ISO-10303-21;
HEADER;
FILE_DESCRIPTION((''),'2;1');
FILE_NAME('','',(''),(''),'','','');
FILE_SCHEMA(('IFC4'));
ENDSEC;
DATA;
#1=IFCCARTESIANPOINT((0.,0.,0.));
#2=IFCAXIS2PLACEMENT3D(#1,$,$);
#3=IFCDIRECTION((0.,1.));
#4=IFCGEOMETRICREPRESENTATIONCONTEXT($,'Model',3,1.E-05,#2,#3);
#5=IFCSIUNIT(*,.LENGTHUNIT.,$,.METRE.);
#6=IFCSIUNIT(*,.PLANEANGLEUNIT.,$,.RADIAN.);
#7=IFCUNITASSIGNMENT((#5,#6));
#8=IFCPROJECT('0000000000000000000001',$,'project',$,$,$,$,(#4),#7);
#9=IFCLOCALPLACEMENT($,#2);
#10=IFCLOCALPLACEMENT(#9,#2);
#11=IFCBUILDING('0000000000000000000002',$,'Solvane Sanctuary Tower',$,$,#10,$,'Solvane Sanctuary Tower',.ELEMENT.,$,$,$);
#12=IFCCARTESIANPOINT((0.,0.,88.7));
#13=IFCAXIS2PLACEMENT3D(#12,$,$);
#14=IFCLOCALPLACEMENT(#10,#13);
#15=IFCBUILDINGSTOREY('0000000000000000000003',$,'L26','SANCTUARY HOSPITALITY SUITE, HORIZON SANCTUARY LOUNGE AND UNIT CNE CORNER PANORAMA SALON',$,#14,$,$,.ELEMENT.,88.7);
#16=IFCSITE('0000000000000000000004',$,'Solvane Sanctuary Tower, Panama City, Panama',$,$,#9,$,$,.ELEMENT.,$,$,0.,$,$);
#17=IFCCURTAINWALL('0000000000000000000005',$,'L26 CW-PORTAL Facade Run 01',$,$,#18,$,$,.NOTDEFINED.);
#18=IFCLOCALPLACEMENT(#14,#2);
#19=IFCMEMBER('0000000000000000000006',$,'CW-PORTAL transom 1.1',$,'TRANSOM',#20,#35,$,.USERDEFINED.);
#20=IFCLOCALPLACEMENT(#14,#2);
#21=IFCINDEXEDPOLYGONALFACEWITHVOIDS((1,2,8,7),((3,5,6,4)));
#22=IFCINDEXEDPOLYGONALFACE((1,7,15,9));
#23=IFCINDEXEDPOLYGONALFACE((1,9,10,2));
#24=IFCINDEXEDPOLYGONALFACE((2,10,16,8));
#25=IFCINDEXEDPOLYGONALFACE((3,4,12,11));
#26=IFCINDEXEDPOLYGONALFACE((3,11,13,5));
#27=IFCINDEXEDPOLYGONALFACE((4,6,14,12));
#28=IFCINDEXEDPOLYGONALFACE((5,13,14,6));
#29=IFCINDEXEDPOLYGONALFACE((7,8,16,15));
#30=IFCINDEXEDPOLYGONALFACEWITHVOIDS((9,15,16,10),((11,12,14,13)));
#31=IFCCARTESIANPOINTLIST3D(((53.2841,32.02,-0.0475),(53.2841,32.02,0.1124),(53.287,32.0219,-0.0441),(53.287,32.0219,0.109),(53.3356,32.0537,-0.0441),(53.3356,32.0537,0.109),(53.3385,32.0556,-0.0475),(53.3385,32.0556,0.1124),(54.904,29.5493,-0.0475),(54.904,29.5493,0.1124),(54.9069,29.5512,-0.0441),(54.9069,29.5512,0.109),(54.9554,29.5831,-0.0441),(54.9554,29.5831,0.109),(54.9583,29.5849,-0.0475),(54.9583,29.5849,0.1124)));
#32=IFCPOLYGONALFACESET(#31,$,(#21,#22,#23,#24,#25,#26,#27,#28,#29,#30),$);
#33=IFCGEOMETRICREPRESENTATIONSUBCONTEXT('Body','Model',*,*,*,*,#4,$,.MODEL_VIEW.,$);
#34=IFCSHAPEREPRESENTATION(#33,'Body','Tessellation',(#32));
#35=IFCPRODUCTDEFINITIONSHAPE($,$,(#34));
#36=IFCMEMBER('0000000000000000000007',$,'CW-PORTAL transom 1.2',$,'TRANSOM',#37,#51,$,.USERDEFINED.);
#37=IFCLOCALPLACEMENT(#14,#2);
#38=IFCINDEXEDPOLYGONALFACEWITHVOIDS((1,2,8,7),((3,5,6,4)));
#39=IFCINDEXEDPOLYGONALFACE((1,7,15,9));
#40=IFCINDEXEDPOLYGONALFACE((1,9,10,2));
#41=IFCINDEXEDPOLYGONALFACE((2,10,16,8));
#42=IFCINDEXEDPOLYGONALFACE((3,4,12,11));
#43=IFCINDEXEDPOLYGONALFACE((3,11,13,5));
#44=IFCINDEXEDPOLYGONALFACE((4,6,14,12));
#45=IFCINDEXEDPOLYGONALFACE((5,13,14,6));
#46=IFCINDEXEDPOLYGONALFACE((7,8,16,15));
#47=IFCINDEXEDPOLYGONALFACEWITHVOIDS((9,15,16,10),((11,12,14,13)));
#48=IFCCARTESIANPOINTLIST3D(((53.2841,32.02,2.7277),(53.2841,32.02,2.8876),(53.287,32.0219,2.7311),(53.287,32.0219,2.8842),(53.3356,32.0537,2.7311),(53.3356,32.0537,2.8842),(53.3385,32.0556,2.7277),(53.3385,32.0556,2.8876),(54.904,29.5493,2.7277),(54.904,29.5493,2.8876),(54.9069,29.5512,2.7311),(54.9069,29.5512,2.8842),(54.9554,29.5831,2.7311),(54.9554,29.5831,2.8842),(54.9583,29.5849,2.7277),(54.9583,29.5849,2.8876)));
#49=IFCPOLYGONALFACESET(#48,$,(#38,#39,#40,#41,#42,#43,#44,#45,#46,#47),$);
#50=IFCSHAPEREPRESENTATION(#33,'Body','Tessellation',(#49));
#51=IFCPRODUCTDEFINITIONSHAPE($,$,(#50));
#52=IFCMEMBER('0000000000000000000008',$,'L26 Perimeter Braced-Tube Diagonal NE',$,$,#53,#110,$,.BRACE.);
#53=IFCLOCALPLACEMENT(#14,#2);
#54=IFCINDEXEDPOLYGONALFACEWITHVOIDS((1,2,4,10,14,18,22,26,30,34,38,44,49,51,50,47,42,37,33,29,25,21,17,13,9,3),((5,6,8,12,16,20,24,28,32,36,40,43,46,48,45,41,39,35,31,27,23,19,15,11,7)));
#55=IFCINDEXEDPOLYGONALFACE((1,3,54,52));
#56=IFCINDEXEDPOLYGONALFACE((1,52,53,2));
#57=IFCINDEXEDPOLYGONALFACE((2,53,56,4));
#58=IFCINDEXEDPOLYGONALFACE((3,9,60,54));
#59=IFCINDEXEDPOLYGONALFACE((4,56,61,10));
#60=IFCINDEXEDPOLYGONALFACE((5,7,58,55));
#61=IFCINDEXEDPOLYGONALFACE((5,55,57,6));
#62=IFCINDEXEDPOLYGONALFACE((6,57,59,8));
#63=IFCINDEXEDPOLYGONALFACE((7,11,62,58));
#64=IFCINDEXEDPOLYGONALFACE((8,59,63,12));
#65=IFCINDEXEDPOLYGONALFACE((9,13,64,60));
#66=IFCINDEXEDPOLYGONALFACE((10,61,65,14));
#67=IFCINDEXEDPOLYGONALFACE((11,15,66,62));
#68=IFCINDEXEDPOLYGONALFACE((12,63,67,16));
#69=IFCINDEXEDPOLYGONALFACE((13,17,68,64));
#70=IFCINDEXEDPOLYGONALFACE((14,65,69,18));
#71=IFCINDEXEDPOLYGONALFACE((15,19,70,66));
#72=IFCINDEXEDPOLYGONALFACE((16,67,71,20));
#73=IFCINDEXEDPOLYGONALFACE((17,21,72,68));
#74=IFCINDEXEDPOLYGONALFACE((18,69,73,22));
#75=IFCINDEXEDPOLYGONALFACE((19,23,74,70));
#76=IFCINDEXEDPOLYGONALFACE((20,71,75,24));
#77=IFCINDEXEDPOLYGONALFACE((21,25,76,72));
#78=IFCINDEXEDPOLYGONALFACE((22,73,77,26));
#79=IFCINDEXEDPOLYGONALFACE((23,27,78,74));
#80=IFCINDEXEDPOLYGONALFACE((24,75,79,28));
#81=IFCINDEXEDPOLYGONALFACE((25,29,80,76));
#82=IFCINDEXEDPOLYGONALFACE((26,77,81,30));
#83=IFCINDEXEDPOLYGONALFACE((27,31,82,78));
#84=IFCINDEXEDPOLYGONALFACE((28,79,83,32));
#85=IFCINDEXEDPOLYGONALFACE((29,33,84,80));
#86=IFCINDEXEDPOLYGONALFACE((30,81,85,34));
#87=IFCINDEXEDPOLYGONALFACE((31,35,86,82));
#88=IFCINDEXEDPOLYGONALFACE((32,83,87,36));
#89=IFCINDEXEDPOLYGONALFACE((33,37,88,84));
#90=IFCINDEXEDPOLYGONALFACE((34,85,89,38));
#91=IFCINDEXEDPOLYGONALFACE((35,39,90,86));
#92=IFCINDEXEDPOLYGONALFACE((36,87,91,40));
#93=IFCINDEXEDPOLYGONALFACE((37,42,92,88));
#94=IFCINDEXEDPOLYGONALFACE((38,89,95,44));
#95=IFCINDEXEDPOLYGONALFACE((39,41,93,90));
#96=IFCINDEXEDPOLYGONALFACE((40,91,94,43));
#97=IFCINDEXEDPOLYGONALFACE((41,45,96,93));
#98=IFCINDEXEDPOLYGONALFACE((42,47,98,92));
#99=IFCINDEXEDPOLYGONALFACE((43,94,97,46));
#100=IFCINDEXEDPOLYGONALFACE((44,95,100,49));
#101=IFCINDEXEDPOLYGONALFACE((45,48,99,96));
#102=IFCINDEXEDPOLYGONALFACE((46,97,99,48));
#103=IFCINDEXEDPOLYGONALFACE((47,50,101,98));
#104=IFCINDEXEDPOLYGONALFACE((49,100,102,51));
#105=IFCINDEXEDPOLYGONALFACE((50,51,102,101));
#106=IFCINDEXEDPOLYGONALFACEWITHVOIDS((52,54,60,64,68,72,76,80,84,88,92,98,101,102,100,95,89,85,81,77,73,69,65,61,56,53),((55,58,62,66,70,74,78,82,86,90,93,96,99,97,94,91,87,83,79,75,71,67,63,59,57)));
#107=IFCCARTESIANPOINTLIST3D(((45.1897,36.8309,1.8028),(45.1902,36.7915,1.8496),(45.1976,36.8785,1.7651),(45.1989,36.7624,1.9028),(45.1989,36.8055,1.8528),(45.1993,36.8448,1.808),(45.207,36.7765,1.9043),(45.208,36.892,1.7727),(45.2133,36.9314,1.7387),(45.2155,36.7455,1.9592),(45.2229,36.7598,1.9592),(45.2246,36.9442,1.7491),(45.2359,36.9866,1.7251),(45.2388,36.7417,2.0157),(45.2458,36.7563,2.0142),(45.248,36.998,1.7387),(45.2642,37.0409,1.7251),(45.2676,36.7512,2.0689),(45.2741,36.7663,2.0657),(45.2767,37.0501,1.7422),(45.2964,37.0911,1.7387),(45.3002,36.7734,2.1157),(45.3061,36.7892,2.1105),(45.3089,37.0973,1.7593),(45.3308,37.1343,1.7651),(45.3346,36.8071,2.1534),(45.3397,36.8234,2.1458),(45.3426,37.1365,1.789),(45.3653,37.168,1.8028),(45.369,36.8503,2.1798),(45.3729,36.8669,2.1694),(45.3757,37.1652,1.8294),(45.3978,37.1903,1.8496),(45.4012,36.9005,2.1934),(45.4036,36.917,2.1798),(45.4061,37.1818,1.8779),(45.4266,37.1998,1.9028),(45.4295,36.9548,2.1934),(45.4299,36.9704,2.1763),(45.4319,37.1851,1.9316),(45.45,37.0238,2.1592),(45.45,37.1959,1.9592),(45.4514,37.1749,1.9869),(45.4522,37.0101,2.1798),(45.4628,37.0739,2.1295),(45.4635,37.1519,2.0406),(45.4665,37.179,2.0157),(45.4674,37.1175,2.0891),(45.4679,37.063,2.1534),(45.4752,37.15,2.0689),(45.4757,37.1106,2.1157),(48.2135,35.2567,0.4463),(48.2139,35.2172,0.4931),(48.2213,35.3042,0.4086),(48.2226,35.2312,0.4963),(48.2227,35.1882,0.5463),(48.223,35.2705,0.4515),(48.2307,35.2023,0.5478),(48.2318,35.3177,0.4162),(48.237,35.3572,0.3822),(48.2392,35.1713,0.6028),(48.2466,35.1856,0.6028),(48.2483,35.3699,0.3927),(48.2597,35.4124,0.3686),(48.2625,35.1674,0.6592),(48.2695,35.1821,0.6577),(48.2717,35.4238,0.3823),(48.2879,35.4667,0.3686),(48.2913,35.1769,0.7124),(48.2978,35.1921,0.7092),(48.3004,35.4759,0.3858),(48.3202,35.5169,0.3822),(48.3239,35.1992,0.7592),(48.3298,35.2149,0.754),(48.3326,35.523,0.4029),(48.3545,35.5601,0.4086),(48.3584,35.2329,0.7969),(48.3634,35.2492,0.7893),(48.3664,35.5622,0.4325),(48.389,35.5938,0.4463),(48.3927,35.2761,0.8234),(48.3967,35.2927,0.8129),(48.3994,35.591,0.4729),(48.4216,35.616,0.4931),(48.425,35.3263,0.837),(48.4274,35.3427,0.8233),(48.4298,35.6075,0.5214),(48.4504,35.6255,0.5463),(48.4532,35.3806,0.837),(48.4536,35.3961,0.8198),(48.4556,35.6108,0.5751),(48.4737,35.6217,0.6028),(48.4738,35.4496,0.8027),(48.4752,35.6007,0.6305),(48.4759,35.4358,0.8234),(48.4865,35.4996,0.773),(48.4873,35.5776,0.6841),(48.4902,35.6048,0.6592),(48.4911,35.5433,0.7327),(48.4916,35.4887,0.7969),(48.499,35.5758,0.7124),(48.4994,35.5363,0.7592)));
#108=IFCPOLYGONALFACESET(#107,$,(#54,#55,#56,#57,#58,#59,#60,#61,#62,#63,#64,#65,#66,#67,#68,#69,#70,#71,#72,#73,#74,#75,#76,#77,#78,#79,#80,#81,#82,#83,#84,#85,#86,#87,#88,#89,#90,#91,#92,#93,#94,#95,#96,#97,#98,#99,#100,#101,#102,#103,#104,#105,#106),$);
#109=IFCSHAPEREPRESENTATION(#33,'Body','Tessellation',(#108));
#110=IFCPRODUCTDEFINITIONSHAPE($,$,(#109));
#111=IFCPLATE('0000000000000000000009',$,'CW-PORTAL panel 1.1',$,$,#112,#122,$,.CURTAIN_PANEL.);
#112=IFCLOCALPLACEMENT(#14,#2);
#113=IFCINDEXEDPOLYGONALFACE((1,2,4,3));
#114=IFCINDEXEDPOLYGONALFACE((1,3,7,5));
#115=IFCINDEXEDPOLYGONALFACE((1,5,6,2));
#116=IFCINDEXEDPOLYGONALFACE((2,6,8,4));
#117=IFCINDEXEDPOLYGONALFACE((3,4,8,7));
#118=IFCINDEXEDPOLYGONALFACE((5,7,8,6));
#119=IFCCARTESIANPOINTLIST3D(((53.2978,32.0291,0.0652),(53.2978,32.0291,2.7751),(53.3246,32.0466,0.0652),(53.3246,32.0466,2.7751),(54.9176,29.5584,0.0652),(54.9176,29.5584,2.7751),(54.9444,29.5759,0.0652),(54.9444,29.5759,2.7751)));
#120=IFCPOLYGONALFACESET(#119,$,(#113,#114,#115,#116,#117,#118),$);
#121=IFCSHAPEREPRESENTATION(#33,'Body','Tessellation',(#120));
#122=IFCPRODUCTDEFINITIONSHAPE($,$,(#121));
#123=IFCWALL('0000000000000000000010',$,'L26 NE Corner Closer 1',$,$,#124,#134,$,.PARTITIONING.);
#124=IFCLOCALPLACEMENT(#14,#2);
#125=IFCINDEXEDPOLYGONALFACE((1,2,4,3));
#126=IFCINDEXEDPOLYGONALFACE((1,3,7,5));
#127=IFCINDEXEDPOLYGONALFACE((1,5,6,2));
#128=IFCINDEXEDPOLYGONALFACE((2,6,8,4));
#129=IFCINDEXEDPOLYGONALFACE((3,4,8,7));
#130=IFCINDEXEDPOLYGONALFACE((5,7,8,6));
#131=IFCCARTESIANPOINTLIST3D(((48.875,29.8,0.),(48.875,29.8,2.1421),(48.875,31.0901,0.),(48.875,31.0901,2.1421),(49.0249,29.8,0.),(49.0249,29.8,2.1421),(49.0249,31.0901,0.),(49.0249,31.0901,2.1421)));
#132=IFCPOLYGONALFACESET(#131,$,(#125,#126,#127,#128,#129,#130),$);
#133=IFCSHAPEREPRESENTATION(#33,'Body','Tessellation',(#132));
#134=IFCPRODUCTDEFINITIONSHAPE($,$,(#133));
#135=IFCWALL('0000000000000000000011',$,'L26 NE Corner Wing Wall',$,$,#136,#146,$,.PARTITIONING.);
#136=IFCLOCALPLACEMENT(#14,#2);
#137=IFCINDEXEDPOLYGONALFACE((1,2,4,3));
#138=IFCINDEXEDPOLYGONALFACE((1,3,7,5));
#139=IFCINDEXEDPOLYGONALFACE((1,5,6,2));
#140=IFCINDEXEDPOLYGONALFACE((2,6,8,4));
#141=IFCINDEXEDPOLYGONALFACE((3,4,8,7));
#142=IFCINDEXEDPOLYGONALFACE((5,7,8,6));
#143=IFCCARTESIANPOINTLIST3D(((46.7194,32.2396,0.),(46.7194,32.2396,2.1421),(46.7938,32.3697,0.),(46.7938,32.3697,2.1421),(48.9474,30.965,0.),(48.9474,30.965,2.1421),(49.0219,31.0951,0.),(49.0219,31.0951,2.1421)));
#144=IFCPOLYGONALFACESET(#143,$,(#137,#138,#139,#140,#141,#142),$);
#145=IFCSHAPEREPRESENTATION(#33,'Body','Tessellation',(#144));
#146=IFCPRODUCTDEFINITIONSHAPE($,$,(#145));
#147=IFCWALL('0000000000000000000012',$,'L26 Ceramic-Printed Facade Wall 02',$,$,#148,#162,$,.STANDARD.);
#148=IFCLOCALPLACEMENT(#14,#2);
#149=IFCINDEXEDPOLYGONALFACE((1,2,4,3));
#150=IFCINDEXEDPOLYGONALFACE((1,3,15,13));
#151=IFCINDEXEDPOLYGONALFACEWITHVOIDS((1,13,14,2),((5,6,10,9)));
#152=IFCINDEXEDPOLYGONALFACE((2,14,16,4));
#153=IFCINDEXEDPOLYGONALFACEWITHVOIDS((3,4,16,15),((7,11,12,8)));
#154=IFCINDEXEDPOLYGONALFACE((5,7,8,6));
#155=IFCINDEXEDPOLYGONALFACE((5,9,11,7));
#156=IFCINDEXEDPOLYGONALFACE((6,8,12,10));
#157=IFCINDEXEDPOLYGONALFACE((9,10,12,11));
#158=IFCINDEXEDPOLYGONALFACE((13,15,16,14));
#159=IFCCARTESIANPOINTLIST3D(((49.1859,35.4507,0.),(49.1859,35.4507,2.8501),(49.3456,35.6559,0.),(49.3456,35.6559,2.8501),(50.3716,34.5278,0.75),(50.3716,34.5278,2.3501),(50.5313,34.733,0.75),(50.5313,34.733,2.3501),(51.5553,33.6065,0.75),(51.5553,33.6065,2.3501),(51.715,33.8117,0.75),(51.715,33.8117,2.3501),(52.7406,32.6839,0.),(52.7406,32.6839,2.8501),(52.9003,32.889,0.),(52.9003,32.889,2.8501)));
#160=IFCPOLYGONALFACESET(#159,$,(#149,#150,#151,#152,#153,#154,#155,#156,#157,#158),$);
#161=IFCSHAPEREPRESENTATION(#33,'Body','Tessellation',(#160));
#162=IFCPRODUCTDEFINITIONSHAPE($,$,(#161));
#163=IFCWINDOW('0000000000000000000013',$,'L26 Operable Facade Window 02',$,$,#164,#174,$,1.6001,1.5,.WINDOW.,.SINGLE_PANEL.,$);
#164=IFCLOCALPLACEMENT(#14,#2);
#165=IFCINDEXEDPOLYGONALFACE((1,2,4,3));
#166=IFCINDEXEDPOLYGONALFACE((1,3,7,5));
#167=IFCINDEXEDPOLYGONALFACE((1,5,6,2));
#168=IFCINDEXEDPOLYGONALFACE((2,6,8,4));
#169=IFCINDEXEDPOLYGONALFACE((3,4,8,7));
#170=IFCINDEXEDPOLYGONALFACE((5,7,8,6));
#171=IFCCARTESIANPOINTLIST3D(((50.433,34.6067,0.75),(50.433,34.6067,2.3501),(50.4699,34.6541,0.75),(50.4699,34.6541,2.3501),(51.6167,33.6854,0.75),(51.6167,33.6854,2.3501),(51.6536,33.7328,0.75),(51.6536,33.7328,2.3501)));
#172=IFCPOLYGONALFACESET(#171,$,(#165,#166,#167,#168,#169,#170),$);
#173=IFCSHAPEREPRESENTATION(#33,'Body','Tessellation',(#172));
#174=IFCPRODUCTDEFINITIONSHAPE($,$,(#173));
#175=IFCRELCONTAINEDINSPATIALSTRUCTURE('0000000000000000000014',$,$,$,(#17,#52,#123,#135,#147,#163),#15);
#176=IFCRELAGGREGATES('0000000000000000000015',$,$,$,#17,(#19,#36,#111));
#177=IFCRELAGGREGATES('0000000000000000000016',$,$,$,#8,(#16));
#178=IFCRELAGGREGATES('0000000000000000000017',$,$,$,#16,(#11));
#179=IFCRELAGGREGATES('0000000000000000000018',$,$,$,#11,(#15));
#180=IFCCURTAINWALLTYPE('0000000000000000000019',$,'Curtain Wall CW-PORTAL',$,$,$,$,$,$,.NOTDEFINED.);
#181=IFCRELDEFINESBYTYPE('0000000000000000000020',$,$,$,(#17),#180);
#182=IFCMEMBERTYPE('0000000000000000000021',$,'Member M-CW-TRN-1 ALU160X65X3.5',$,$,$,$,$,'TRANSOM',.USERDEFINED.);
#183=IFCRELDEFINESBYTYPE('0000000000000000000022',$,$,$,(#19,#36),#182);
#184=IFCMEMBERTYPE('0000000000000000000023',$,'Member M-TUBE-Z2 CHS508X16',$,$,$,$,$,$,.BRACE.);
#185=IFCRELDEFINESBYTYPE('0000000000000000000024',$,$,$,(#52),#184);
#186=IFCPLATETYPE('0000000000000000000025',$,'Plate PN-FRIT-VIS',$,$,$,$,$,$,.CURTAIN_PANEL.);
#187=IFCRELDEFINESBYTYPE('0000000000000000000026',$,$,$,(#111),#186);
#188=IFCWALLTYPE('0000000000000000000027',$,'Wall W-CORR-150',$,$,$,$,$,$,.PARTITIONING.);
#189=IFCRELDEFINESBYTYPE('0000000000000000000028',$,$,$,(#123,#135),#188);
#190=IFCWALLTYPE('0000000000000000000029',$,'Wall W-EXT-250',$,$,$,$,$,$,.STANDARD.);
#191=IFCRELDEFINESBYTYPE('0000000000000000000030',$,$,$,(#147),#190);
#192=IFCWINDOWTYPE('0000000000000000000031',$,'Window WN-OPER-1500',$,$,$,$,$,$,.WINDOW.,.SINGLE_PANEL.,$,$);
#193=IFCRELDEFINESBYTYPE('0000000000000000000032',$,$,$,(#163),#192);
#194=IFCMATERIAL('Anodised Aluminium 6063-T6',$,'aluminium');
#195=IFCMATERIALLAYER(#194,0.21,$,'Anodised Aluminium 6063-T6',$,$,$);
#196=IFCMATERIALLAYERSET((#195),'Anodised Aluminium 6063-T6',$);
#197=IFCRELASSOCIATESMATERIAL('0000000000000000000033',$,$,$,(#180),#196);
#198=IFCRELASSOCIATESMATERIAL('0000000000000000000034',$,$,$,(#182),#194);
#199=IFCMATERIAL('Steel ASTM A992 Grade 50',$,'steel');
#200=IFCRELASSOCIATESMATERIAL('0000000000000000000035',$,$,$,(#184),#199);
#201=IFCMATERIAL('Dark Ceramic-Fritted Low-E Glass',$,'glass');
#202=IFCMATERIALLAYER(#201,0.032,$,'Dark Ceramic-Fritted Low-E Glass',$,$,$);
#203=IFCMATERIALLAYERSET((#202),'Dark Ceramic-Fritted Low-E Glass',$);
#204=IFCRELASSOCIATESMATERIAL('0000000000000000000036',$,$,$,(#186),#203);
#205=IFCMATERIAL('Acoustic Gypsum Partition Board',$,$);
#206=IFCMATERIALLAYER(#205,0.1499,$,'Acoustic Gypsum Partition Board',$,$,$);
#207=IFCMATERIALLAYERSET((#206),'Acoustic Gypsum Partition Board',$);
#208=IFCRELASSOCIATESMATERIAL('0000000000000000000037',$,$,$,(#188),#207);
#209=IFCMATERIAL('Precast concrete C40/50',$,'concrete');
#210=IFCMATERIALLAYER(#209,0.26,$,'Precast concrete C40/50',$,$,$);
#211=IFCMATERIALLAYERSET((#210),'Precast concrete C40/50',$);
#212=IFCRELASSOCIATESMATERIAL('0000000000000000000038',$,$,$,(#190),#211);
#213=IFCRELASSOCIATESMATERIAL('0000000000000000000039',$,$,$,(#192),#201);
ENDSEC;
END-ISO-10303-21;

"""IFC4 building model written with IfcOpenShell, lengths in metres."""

from ifc_helpers import new_model, si_unit, direction, frame, frame_2d, origin, origin_2d, place, context, subcontext, project, spatial, rectangle, hollow_rectangle, hollow_circle, extrude, material, layer, layer_set, material_profile, profile_set, type_object, element, fill, aggregate, save


model = new_model("IFC4")

# Units and contexts
model_context = context("Model", 3, precision=1e-05, world=origin(), true_north=direction((0.0, 1.0)))
body_context = subcontext(model_context, "Body", "Model", "MODEL_VIEW")
ifc_project = project(units=[si_unit("LENGTHUNIT", "METRE"), si_unit("PLANEANGLEUNIT", "RADIAN")], contexts=[model_context])

# Site, building, storey
site_placement = place(None, origin())
site = spatial("IfcSite", under=ifc_project, at=site_placement, Name="Solvane Sanctuary Tower, Panama City, Panama", CompositionType="ELEMENT", RefElevation=0.0)
building_placement = place(site_placement, origin())
building = spatial("IfcBuilding", under=site, at=building_placement, Name="Solvane Sanctuary Tower", LongName="Solvane Sanctuary Tower", CompositionType="ELEMENT")
storey_placement = place(building_placement, frame((0.0, 0.0, 88.7)))
storey = spatial("IfcBuildingStorey", under=building, at=storey_placement, Name="L26", Description="SANCTUARY HOSPITALITY SUITE, HORIZON SANCTUARY LOUNGE AND UNIT CNE CORNER PANORAMA SALON", CompositionType="ELEMENT", Elevation=88.7)

# Shared definitions
ifc_material_1 = material(Name="Steel ASTM A992 Grade 50", Category="steel")

# Curtain wall, members
ifc_material_2 = material(Name="Anodised Aluminium 6063-T6", Category="aluminium")
ifc_layer_1 = layer(ifc_material_2, 0.21, Name="Anodised Aluminium 6063-T6")
ifc_layer_set_1 = layer_set([ifc_layer_1], Name="Anodised Aluminium 6063-T6")
curtain_wall_type = type_object("IfcCurtainWallType", Name="Curtain Wall CW-PORTAL", PredefinedType="NOTDEFINED", material=ifc_layer_set_1)
curtain_wall_placement = place(storey_placement, origin())
curtain_wall = element("IfcCurtainWall", 1, at=curtain_wall_placement, inside=storey, type_object=curtain_wall_type, Name="L26 CW-PORTAL Facade Run 01", PredefinedType="NOTDEFINED")
ifc_material_profile_1 = material_profile(ifc_material_2, hollow_rectangle(XDim=0.0649, YDim=0.1599, WallThickness=0.0034, at=origin_2d()), Name="ALU160X65X3.5")
ifc_profile_set_1 = profile_set([ifc_material_profile_1], Name="Anodised Aluminium 6063-T6")
member_type_1 = type_object("IfcMemberType", Name="Member M-CW-TRN-1 ALU160X65X3.5", ElementType="TRANSOM", PredefinedType="USERDEFINED", material=ifc_profile_set_1)
member_1_placement = place(storey_placement, frame((54.9312, 29.5671, 0.0325), z_axis=(-0.548295, 0.836285, 0.0), x_axis=(-0.836285, -0.548295, 0.0)))
member_1 = element("IfcMember", 2, at=member_1_placement, type_object=member_type_1, Name="CW-PORTAL transom 1.1", ObjectType="TRANSOM", PredefinedType="USERDEFINED", context=body_context, shape_type="SweptSolid", body=[
    extrude(hollow_rectangle(XDim=0.0649, YDim=0.1599, WallThickness=0.0034, at=origin_2d()), origin(), (0.0, 0.0, 1.0), 2.9543),
])
member_2_placement = place(storey_placement, frame((54.9312, 29.5671, 2.8076), z_axis=(-0.548295, 0.836285, 0.0), x_axis=(-0.836285, -0.548295, 0.0)))
member_2 = element("IfcMember", 3, at=member_2_placement, type_object=member_type_1, Name="CW-PORTAL transom 1.2", ObjectType="TRANSOM", PredefinedType="USERDEFINED", context=body_context, shape_type="SweptSolid", body=[
    extrude(hollow_rectangle(XDim=0.0649, YDim=0.1599, WallThickness=0.0034, at=origin_2d()), origin(), (0.0, 0.0, 1.0), 2.9543),
])

# Member
ifc_material_profile_2 = material_profile(ifc_material_1, hollow_circle(Radius=0.2539, WallThickness=0.0161, at=origin_2d()), Name="CHS508X16")
ifc_profile_set_2 = profile_set([ifc_material_profile_2], Name="Steel ASTM A992 Grade 50")
member_type_2 = type_object("IfcMemberType", Name="Member M-TUBE-Z2 CHS508X16", PredefinedType="BRACE", material=ifc_profile_set_2)
member_3_placement = place(storey_placement, frame((48.3564, 35.3965, 0.6028), z_axis=(-0.824141, 0.429072, 0.369715), x_axis=(-0.461792, -0.886988, 0.0)))
element("IfcMember", 4, at=member_3_placement, inside=storey, type_object=member_type_2, Name="L26 Perimeter Braced-Tube Diagonal NE", PredefinedType="BRACE", context=body_context, shape_type="SweptSolid", body=[
    extrude(hollow_circle(Radius=0.2539, WallThickness=0.0161, at=origin_2d()), origin(), (0.0, 0.0, 1.0), 3.6689),
])

# Plate
ifc_material_3 = material(Name="Dark Ceramic-Fritted Low-E Glass", Category="glass")
ifc_layer_2 = layer(ifc_material_3, 0.032, Name="Dark Ceramic-Fritted Low-E Glass")
ifc_layer_set_2 = layer_set([ifc_layer_2], Name="Dark Ceramic-Fritted Low-E Glass")
plate_type = type_object("IfcPlateType", Name="Plate PN-FRIT-VIS", PredefinedType="CURTAIN_PANEL", material=ifc_layer_set_2)
plate_placement = place(storey_placement, frame((54.1211, 30.8025, 0.0652), z_axis=(0.0, 0.0, 1.0), x_axis=(-0.548276, 0.836298, 0.0)))
plate = element("IfcPlate", 5, at=plate_placement, type_object=plate_type, Name="CW-PORTAL panel 1.1", PredefinedType="CURTAIN_PANEL", context=body_context, shape_type="SweptSolid", body=[
    extrude(rectangle(XDim=2.9543, YDim=0.032, at=origin_2d()), origin(), (0.0, 0.0, 1.0), 2.71),
])
aggregate(curtain_wall, [member_1, member_2, plate])

# Walls
ifc_material_4 = material(Name="Acoustic Gypsum Partition Board")
ifc_layer_3 = layer(ifc_material_4, 0.1499, Name="Acoustic Gypsum Partition Board")
ifc_layer_set_3 = layer_set([ifc_layer_3], Name="Acoustic Gypsum Partition Board")
wall_type_1 = type_object("IfcWallType", Name="Wall W-CORR-150", PredefinedType="PARTITIONING", material=ifc_layer_set_3)
wall_1_placement = place(storey_placement, frame((48.95, 29.8, 0.0), z_axis=(0.0, 0.0, 1.0), x_axis=(0.0, 1.0, 0.0)))
element("IfcWall", 6, at=wall_1_placement, inside=storey, type_object=wall_type_1, Name="L26 NE Corner Closer 1", PredefinedType="PARTITIONING", context=body_context, shape_type="SweptSolid", body=[
    extrude(rectangle(XDim=1.29, YDim=0.1499, at=frame_2d((0.645, 0.0))), origin(), (0.0, 0.0, 1.0), 2.1421),
])
wall_2_placement = place(storey_placement, frame((46.7566, 32.3047, 0.0), z_axis=(0.0, 0.0, 1.0), x_axis=(0.867991, -0.496579, 0.0)))
element("IfcWall", 7, at=wall_2_placement, inside=storey, type_object=wall_type_1, Name="L26 NE Corner Wing Wall", PredefinedType="PARTITIONING", context=body_context, shape_type="SweptSolid", body=[
    extrude(rectangle(XDim=2.5669, YDim=0.1499, at=frame_2d((1.2834, 0.0))), origin(), (0.0, 0.0, 1.0), 2.1421),
])

# Wall, opening, window
ifc_material_5 = material(Name="Precast concrete C40/50", Category="concrete")
ifc_layer_4 = layer(ifc_material_5, 0.26, Name="Precast concrete C40/50")
ifc_layer_set_4 = layer_set([ifc_layer_4], Name="Precast concrete C40/50")
wall_type_2 = type_object("IfcWallType", Name="Wall W-EXT-250", PredefinedType="STANDARD", material=ifc_layer_set_4)
wall_3_placement = place(storey_placement, frame((52.8206, 32.7864, 0.0), z_axis=(0.0, 0.0, 1.0), x_axis=(-0.789127, 0.614229, 0.0)))
wall_3 = element("IfcWall", 8, at=wall_3_placement, inside=storey, type_object=wall_type_2, Name="L26 Ceramic-Printed Facade Wall 02", PredefinedType="STANDARD", context=body_context, shape_type="SweptSolid", body=[
    extrude(rectangle(XDim=4.5046, YDim=0.26, at=frame_2d((2.2524, 0.0))), origin(), (0.0, 0.0, 1.0), 2.8501),
])
opening_1_placement = place(wall_3_placement, frame((1.5022, 0.0, 0.75)))
opening_1 = element("IfcOpeningElement", 9, at=opening_1_placement, cuts=wall_3, PredefinedType="OPENING", context=body_context, shape_type="SweptSolid", body=[
    extrude(rectangle(XDim=1.5, YDim=1.6001, at=frame_2d((0.75, 0.8))), frame((0.0, 0.1399, 0.0), z_axis=(0.0, -1.0, 0.0), x_axis=(1.0, 0.0, 0.0)), (0.0, 0.0, 1.0), 0.28),
])
window_type = type_object("IfcWindowType", Name="Window WN-OPER-1500", PartitioningType="SINGLE_PANEL", PredefinedType="WINDOW", material=ifc_material_3)
window_placement = place(opening_1_placement, origin())
window = element("IfcWindow", 10, at=window_placement, inside=storey, type_object=window_type, Name="L26 Operable Facade Window 02", OverallHeight=1.6001, OverallWidth=1.5, PartitioningType="SINGLE_PANEL", PredefinedType="WINDOW", context=body_context, shape_type="SweptSolid", body=[
    extrude(rectangle(XDim=1.5, YDim=1.6001, at=frame_2d((0.75, 0.8))), frame((0.0, 0.03, 0.0), z_axis=(0.0, -1.0, 0.0), x_axis=(1.0, 0.0, 0.0)), (0.0, 0.0, 1.0), 0.0601),
])
fill(opening_1, window)

save(model, "model.ifc")
